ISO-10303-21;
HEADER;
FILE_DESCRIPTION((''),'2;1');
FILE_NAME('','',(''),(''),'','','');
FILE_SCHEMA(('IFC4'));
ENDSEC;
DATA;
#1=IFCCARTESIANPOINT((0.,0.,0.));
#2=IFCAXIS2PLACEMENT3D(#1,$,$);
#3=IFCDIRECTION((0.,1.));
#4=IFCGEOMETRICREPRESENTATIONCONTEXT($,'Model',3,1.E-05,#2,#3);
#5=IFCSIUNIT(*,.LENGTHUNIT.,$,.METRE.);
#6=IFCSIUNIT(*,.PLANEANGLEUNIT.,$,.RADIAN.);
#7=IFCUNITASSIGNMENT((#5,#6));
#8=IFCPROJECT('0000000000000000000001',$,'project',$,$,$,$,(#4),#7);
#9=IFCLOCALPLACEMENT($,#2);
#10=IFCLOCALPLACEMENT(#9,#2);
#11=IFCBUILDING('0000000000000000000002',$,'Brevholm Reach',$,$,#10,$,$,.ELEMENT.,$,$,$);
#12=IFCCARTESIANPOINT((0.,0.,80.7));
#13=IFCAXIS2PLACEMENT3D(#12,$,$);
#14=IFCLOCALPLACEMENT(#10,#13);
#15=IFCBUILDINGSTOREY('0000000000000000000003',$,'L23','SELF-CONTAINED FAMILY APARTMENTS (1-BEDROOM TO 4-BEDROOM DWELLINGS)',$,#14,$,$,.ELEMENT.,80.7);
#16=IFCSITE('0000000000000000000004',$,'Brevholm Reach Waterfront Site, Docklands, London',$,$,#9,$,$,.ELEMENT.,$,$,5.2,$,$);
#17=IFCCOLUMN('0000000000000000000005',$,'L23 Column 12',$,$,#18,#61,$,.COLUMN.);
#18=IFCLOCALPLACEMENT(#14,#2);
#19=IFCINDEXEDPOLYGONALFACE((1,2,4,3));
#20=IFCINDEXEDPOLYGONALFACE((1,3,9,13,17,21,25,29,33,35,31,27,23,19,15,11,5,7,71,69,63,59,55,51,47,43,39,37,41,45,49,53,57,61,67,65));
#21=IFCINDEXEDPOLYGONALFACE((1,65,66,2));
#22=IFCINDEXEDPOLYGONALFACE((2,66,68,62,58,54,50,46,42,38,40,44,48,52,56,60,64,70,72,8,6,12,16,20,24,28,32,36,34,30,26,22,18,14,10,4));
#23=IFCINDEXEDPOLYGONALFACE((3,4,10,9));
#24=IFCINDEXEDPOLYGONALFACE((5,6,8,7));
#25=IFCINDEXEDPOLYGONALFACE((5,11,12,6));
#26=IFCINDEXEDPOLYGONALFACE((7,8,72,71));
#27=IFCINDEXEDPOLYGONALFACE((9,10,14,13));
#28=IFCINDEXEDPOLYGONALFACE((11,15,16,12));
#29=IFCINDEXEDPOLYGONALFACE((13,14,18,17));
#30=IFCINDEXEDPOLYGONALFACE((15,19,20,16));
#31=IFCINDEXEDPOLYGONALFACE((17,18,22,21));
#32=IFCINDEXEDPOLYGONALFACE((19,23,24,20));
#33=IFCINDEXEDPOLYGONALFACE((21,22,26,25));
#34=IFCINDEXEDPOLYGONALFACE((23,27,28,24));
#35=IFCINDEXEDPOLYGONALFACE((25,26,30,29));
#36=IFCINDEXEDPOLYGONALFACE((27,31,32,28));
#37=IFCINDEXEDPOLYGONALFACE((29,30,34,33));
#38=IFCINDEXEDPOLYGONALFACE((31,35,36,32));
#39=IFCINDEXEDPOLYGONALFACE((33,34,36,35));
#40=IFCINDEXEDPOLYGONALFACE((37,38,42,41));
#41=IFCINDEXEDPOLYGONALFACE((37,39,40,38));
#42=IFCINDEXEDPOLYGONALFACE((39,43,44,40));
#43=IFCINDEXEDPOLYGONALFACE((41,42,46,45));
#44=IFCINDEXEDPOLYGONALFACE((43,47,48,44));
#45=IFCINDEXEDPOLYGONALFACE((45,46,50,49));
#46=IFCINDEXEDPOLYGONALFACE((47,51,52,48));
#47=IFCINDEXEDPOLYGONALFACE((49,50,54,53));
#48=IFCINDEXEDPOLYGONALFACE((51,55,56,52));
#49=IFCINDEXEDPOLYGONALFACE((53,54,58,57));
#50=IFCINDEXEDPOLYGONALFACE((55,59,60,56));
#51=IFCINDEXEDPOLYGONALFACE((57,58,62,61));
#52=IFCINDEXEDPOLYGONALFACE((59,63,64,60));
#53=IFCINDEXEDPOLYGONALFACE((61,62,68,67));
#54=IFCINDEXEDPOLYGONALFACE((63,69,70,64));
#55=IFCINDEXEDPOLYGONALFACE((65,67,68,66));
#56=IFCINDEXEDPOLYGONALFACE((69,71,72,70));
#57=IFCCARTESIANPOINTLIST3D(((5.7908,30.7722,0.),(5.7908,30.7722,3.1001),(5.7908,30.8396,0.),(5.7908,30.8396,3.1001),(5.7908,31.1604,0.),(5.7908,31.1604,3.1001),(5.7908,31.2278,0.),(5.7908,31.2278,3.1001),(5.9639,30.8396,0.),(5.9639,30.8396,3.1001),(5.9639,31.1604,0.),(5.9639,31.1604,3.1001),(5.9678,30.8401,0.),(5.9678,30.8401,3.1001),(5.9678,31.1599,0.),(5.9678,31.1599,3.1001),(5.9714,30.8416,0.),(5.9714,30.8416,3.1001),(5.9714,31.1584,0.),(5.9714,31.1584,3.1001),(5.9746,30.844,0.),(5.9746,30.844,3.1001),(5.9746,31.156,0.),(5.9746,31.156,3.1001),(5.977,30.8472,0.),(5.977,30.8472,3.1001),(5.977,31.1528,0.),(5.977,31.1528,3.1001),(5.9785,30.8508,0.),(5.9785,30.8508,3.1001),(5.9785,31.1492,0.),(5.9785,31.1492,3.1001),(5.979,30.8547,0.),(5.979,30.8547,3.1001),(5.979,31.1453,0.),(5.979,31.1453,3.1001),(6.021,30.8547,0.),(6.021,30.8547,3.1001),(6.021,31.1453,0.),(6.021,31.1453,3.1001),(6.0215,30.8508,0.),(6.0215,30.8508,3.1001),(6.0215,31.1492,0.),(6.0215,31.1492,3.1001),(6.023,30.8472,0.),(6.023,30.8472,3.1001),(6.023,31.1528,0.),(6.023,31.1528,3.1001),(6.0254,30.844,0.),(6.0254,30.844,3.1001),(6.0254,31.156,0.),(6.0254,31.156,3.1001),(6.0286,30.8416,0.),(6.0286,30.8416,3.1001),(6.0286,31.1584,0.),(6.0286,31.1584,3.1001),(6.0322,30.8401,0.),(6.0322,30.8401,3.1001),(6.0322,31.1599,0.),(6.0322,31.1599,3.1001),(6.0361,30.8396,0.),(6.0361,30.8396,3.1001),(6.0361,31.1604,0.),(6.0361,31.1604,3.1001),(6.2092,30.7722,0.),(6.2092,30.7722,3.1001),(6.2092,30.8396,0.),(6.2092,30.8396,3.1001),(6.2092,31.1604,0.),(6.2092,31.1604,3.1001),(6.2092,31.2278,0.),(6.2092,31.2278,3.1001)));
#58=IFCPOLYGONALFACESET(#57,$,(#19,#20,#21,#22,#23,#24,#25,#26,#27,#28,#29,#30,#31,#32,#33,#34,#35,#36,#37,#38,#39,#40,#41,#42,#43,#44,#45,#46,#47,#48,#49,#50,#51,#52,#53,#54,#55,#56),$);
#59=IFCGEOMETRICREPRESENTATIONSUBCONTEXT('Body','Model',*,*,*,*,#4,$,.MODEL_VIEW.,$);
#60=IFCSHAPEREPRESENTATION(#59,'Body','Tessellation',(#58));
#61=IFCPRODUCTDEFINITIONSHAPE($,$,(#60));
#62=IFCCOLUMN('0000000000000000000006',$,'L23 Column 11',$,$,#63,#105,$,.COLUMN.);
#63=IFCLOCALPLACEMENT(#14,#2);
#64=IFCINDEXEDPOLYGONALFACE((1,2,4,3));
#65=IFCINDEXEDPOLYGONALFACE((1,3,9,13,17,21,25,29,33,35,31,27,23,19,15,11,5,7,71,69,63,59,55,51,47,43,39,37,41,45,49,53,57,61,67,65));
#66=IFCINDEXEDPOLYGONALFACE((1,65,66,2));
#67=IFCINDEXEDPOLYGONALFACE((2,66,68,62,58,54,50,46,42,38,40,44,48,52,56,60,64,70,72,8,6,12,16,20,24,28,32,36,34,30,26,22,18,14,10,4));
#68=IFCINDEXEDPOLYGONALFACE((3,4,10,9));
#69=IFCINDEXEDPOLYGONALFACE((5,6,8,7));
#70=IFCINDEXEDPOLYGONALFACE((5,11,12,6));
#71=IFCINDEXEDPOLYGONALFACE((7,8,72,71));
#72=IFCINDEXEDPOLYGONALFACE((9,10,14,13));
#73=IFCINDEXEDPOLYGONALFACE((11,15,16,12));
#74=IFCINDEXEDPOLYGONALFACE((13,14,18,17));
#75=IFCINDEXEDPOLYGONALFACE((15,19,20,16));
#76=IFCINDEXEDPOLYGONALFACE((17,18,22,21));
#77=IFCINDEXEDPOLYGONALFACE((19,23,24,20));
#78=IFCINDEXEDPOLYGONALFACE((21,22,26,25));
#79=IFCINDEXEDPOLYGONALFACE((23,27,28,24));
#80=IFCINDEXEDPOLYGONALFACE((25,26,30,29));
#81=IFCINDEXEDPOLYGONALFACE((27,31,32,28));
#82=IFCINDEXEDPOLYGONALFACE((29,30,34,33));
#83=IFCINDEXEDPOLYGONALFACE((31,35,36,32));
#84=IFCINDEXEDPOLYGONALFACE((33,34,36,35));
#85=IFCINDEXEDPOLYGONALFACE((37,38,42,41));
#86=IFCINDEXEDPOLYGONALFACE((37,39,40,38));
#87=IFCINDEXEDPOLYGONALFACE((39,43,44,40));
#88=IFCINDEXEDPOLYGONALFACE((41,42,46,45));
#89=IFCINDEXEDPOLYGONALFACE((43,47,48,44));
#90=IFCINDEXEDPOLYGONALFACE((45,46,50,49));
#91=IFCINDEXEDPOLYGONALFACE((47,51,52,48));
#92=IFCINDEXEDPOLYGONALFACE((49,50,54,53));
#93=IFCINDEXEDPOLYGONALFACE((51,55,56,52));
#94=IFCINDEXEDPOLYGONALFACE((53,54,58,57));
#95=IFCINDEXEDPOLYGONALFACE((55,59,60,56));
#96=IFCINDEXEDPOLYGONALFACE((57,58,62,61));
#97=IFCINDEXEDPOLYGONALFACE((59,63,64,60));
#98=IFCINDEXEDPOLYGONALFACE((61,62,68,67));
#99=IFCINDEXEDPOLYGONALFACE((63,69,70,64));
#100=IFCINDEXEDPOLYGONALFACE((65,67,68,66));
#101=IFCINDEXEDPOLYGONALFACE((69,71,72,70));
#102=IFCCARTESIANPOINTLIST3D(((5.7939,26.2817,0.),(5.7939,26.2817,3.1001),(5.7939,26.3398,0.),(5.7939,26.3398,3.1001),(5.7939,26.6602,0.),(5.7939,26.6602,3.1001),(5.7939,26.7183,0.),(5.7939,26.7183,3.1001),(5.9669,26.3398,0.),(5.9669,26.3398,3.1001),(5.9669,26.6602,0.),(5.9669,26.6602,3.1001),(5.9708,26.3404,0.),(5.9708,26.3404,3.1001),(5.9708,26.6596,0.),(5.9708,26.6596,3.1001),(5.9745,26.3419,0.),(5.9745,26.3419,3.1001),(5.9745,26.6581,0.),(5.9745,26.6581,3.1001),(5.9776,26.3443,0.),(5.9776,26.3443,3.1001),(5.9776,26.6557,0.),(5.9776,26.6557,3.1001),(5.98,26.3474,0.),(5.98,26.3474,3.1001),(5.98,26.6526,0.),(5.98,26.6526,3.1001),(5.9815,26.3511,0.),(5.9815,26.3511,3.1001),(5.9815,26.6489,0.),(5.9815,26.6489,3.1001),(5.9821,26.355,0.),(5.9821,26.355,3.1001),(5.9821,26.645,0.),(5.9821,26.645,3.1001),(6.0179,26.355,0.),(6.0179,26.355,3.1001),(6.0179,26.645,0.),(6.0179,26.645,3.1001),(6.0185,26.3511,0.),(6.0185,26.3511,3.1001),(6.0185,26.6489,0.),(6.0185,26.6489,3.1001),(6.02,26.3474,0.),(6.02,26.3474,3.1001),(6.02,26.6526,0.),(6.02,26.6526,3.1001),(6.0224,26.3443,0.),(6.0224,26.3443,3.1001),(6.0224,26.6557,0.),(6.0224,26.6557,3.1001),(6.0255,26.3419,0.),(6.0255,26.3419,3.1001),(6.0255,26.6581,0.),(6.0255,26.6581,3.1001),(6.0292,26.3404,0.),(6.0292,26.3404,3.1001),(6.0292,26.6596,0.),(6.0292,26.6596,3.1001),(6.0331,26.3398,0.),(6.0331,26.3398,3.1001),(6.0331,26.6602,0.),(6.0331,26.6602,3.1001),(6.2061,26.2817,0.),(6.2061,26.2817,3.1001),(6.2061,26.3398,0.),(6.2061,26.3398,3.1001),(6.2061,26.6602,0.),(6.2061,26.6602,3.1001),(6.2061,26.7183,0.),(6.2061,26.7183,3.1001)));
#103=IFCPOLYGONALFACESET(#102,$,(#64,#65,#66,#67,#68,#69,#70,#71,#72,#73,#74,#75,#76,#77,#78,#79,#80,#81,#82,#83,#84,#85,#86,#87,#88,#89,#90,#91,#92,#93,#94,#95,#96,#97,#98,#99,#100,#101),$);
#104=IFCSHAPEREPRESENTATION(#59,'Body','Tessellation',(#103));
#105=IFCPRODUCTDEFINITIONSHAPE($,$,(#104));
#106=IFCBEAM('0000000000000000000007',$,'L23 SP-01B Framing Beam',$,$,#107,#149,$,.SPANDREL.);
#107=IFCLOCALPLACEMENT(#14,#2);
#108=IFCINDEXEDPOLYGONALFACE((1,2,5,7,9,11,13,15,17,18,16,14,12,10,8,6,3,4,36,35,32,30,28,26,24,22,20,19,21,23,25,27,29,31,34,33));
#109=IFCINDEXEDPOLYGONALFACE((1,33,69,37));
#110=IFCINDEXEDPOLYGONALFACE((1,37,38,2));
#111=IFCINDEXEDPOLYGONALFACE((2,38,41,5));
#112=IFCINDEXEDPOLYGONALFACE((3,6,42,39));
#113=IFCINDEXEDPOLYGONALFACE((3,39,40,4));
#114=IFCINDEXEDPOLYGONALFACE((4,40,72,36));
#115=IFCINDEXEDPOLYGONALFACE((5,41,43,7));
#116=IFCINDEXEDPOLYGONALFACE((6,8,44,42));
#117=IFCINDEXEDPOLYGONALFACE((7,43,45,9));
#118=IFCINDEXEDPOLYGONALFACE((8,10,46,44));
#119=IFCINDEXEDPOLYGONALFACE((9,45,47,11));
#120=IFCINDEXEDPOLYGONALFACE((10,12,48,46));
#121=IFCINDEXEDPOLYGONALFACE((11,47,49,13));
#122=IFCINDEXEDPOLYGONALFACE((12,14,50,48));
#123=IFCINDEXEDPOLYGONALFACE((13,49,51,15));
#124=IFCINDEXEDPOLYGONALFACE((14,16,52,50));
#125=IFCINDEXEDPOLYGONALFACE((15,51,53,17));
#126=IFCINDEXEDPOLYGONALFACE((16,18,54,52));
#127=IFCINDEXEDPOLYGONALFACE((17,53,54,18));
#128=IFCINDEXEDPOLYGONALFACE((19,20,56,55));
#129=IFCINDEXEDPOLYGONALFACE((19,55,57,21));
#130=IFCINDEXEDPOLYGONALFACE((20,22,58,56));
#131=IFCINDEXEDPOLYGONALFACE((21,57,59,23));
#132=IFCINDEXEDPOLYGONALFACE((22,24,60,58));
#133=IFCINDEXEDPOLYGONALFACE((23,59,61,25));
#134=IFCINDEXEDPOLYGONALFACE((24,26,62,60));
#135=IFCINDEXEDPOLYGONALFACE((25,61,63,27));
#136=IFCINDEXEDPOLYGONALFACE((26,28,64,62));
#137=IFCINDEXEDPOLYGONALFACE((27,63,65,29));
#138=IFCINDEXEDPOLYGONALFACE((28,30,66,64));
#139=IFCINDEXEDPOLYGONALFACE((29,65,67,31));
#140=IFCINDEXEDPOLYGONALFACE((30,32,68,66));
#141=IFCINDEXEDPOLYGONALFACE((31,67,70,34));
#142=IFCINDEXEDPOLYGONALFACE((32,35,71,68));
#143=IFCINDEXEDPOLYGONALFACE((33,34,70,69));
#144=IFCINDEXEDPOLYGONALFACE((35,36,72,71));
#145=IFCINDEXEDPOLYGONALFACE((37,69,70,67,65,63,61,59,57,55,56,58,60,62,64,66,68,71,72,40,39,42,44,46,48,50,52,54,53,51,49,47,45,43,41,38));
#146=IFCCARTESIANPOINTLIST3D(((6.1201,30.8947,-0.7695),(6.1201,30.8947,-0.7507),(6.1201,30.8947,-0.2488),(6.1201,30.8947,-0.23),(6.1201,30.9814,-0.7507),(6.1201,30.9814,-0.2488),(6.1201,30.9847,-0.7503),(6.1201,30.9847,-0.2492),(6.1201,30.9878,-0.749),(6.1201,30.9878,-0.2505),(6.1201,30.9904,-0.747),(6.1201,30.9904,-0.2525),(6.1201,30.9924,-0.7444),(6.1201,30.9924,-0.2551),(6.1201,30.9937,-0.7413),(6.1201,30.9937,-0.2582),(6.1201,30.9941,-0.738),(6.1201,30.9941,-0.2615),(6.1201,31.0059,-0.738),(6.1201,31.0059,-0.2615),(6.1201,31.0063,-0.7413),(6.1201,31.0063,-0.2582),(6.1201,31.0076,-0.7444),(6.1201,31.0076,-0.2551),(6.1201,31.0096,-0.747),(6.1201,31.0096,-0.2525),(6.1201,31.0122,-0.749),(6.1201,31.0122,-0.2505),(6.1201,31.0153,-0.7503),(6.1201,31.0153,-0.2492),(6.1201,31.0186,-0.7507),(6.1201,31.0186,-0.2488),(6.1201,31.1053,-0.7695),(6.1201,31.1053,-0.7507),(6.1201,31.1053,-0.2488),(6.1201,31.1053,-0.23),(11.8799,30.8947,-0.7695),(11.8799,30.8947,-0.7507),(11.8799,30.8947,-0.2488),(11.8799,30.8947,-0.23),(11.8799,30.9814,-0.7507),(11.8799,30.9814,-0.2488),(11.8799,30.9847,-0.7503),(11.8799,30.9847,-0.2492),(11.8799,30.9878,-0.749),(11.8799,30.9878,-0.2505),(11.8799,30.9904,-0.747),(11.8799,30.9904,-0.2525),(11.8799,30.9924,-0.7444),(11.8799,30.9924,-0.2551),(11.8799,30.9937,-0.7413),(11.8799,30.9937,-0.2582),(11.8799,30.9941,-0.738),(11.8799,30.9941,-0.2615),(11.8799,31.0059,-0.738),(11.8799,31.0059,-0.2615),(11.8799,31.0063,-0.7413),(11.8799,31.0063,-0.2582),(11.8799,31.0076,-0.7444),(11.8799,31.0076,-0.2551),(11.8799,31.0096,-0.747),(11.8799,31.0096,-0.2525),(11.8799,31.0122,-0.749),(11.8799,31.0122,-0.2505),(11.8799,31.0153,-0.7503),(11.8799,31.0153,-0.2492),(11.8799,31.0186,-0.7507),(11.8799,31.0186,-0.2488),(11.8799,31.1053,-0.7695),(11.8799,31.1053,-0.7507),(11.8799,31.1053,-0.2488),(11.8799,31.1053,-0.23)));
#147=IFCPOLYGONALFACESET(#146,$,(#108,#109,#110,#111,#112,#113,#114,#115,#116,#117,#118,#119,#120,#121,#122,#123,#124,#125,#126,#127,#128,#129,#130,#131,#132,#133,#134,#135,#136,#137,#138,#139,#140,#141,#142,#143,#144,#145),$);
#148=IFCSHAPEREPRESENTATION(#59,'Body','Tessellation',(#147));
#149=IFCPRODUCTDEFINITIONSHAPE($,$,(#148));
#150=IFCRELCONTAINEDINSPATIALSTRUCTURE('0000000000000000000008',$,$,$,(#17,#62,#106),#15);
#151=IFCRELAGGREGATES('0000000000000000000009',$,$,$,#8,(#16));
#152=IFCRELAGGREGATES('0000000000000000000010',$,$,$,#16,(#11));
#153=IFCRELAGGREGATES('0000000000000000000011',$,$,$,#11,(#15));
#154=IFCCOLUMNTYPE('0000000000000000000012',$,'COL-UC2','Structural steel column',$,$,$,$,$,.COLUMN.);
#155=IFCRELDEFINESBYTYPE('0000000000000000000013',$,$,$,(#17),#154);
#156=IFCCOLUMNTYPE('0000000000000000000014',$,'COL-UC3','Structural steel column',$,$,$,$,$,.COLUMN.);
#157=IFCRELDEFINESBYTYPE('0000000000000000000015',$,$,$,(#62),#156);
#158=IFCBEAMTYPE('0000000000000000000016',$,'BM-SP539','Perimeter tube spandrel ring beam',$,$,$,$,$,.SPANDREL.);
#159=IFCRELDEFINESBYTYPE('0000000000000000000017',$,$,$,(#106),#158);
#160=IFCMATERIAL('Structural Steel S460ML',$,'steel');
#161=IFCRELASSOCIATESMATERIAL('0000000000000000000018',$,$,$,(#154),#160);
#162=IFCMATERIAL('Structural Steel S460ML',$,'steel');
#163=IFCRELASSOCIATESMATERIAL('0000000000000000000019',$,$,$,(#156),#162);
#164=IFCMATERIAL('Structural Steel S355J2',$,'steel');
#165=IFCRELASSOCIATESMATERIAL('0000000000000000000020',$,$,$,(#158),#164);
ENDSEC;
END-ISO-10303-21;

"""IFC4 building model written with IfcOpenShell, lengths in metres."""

from ifc_helpers import new_model, si_unit, direction, frame, origin, origin_2d, place, context, subcontext, project, spatial, i_section, extrude, material, material_profile, profile_set, type_object, element, save


model = new_model("IFC4")

# Units and contexts
model_context = context("Model", 3, precision=1e-05, world=origin(), true_north=direction((0.0, 1.0)))
body_context = subcontext(model_context, "Body", "Model", "MODEL_VIEW")
ifc_project = project(units=[si_unit("LENGTHUNIT", "METRE"), si_unit("PLANEANGLEUNIT", "RADIAN")], contexts=[model_context])

# Site, building, storey
site_placement = place(None, origin())
site = spatial("IfcSite", under=ifc_project, at=site_placement, Name="Brevholm Reach Waterfront Site, Docklands, London", CompositionType="ELEMENT", RefElevation=5.2)
building_placement = place(site_placement, origin())
building = spatial("IfcBuilding", under=site, at=building_placement, Name="Brevholm Reach", CompositionType="ELEMENT")
storey_placement = place(building_placement, frame((0.0, 0.0, 80.7)))
storey = spatial("IfcBuildingStorey", under=building, at=storey_placement, Name="L23", Description="SELF-CONTAINED FAMILY APARTMENTS (1-BEDROOM TO 4-BEDROOM DWELLINGS)", CompositionType="ELEMENT", Elevation=80.7)

# Columns
ifc_material_1 = material(Name="Structural Steel S460ML", Category="steel")
ifc_material_profile_1 = material_profile(ifc_material_1, i_section(OverallWidth=0.4185, OverallDepth=0.4556, WebThickness=0.042, FlangeThickness=0.0674, FilletRadius=0.0151, at=origin_2d()), Name="UKC 356x406x551")
ifc_profile_set_1 = profile_set([ifc_material_profile_1], Name="Structural Steel S460ML")
column_type_1 = type_object("IfcColumnType", Name="COL-UC2", Description="Structural steel column", PredefinedType="COLUMN", material=ifc_profile_set_1)
column_1_placement = place(storey_placement, frame((6.0, 31.0, 0.0), z_axis=(0.0, 0.0, 1.0), x_axis=(1.0, 0.0, 0.0)))
element("IfcColumn", 1, at=column_1_placement, inside=storey, type_object=column_type_1, Name="L23 Column 12", PredefinedType="COLUMN", context=body_context, shape_type="SweptSolid", body=[
    extrude(i_section(OverallWidth=0.4185, OverallDepth=0.4556, WebThickness=0.042, FlangeThickness=0.0674, FilletRadius=0.0151, at=origin_2d()), origin(), (0.0, 0.0, 1.0), 3.1001),
])
ifc_material_2 = material(Name="Structural Steel S460ML", Category="steel")
ifc_material_profile_2 = material_profile(ifc_material_2, i_section(OverallWidth=0.4121, OverallDepth=0.4365, WebThickness=0.0359, FlangeThickness=0.0581, FilletRadius=0.0151, at=origin_2d()), Name="UKC 356x406x467")
ifc_profile_set_2 = profile_set([ifc_material_profile_2], Name="Structural Steel S460ML")
column_type_2 = type_object("IfcColumnType", Name="COL-UC3", Description="Structural steel column", PredefinedType="COLUMN", material=ifc_profile_set_2)
column_2_placement = place(storey_placement, frame((6.0, 26.5, 0.0), z_axis=(0.0, 0.0, 1.0), x_axis=(1.0, 0.0, 0.0)))
element("IfcColumn", 2, at=column_2_placement, inside=storey, type_object=column_type_2, Name="L23 Column 11", PredefinedType="COLUMN", context=body_context, shape_type="SweptSolid", body=[
    extrude(i_section(OverallWidth=0.4121, OverallDepth=0.4365, WebThickness=0.0359, FlangeThickness=0.0581, FilletRadius=0.0151, at=origin_2d()), origin(), (0.0, 0.0, 1.0), 3.1001),
])

# Beam
ifc_material_3 = material(Name="Structural Steel S355J2", Category="steel")
ifc_material_profile_3 = material_profile(ifc_material_3, i_section(OverallWidth=0.2107, OverallDepth=0.5396, WebThickness=0.0117, FlangeThickness=0.0188, FilletRadius=0.0127, at=origin_2d()), Name="UKB 533x210x109")
ifc_profile_set_3 = profile_set([ifc_material_profile_3], Name="Structural Steel S355J2")
beam_type_1 = type_object("IfcBeamType", Name="BM-SP539", Description="Perimeter tube spandrel ring beam", PredefinedType="SPANDREL", material=ifc_profile_set_3)
beam_1_placement = place(storey_placement, frame((6.1201, 31.0, -0.4998), z_axis=(1.0, 0.0, 0.0), x_axis=(0.0, 1.0, 0.0)))
element("IfcBeam", 3, at=beam_1_placement, inside=storey, type_object=beam_type_1, Name="L23 SP-01B Framing Beam", PredefinedType="SPANDREL", context=body_context, shape_type="SweptSolid", body=[
    extrude(i_section(OverallWidth=0.2107, OverallDepth=0.5396, WebThickness=0.0117, FlangeThickness=0.0188, FilletRadius=0.0127, at=origin_2d()), origin(), (0.0, 0.0, 1.0), 5.7598),
])

save(model, "model.ifc")
